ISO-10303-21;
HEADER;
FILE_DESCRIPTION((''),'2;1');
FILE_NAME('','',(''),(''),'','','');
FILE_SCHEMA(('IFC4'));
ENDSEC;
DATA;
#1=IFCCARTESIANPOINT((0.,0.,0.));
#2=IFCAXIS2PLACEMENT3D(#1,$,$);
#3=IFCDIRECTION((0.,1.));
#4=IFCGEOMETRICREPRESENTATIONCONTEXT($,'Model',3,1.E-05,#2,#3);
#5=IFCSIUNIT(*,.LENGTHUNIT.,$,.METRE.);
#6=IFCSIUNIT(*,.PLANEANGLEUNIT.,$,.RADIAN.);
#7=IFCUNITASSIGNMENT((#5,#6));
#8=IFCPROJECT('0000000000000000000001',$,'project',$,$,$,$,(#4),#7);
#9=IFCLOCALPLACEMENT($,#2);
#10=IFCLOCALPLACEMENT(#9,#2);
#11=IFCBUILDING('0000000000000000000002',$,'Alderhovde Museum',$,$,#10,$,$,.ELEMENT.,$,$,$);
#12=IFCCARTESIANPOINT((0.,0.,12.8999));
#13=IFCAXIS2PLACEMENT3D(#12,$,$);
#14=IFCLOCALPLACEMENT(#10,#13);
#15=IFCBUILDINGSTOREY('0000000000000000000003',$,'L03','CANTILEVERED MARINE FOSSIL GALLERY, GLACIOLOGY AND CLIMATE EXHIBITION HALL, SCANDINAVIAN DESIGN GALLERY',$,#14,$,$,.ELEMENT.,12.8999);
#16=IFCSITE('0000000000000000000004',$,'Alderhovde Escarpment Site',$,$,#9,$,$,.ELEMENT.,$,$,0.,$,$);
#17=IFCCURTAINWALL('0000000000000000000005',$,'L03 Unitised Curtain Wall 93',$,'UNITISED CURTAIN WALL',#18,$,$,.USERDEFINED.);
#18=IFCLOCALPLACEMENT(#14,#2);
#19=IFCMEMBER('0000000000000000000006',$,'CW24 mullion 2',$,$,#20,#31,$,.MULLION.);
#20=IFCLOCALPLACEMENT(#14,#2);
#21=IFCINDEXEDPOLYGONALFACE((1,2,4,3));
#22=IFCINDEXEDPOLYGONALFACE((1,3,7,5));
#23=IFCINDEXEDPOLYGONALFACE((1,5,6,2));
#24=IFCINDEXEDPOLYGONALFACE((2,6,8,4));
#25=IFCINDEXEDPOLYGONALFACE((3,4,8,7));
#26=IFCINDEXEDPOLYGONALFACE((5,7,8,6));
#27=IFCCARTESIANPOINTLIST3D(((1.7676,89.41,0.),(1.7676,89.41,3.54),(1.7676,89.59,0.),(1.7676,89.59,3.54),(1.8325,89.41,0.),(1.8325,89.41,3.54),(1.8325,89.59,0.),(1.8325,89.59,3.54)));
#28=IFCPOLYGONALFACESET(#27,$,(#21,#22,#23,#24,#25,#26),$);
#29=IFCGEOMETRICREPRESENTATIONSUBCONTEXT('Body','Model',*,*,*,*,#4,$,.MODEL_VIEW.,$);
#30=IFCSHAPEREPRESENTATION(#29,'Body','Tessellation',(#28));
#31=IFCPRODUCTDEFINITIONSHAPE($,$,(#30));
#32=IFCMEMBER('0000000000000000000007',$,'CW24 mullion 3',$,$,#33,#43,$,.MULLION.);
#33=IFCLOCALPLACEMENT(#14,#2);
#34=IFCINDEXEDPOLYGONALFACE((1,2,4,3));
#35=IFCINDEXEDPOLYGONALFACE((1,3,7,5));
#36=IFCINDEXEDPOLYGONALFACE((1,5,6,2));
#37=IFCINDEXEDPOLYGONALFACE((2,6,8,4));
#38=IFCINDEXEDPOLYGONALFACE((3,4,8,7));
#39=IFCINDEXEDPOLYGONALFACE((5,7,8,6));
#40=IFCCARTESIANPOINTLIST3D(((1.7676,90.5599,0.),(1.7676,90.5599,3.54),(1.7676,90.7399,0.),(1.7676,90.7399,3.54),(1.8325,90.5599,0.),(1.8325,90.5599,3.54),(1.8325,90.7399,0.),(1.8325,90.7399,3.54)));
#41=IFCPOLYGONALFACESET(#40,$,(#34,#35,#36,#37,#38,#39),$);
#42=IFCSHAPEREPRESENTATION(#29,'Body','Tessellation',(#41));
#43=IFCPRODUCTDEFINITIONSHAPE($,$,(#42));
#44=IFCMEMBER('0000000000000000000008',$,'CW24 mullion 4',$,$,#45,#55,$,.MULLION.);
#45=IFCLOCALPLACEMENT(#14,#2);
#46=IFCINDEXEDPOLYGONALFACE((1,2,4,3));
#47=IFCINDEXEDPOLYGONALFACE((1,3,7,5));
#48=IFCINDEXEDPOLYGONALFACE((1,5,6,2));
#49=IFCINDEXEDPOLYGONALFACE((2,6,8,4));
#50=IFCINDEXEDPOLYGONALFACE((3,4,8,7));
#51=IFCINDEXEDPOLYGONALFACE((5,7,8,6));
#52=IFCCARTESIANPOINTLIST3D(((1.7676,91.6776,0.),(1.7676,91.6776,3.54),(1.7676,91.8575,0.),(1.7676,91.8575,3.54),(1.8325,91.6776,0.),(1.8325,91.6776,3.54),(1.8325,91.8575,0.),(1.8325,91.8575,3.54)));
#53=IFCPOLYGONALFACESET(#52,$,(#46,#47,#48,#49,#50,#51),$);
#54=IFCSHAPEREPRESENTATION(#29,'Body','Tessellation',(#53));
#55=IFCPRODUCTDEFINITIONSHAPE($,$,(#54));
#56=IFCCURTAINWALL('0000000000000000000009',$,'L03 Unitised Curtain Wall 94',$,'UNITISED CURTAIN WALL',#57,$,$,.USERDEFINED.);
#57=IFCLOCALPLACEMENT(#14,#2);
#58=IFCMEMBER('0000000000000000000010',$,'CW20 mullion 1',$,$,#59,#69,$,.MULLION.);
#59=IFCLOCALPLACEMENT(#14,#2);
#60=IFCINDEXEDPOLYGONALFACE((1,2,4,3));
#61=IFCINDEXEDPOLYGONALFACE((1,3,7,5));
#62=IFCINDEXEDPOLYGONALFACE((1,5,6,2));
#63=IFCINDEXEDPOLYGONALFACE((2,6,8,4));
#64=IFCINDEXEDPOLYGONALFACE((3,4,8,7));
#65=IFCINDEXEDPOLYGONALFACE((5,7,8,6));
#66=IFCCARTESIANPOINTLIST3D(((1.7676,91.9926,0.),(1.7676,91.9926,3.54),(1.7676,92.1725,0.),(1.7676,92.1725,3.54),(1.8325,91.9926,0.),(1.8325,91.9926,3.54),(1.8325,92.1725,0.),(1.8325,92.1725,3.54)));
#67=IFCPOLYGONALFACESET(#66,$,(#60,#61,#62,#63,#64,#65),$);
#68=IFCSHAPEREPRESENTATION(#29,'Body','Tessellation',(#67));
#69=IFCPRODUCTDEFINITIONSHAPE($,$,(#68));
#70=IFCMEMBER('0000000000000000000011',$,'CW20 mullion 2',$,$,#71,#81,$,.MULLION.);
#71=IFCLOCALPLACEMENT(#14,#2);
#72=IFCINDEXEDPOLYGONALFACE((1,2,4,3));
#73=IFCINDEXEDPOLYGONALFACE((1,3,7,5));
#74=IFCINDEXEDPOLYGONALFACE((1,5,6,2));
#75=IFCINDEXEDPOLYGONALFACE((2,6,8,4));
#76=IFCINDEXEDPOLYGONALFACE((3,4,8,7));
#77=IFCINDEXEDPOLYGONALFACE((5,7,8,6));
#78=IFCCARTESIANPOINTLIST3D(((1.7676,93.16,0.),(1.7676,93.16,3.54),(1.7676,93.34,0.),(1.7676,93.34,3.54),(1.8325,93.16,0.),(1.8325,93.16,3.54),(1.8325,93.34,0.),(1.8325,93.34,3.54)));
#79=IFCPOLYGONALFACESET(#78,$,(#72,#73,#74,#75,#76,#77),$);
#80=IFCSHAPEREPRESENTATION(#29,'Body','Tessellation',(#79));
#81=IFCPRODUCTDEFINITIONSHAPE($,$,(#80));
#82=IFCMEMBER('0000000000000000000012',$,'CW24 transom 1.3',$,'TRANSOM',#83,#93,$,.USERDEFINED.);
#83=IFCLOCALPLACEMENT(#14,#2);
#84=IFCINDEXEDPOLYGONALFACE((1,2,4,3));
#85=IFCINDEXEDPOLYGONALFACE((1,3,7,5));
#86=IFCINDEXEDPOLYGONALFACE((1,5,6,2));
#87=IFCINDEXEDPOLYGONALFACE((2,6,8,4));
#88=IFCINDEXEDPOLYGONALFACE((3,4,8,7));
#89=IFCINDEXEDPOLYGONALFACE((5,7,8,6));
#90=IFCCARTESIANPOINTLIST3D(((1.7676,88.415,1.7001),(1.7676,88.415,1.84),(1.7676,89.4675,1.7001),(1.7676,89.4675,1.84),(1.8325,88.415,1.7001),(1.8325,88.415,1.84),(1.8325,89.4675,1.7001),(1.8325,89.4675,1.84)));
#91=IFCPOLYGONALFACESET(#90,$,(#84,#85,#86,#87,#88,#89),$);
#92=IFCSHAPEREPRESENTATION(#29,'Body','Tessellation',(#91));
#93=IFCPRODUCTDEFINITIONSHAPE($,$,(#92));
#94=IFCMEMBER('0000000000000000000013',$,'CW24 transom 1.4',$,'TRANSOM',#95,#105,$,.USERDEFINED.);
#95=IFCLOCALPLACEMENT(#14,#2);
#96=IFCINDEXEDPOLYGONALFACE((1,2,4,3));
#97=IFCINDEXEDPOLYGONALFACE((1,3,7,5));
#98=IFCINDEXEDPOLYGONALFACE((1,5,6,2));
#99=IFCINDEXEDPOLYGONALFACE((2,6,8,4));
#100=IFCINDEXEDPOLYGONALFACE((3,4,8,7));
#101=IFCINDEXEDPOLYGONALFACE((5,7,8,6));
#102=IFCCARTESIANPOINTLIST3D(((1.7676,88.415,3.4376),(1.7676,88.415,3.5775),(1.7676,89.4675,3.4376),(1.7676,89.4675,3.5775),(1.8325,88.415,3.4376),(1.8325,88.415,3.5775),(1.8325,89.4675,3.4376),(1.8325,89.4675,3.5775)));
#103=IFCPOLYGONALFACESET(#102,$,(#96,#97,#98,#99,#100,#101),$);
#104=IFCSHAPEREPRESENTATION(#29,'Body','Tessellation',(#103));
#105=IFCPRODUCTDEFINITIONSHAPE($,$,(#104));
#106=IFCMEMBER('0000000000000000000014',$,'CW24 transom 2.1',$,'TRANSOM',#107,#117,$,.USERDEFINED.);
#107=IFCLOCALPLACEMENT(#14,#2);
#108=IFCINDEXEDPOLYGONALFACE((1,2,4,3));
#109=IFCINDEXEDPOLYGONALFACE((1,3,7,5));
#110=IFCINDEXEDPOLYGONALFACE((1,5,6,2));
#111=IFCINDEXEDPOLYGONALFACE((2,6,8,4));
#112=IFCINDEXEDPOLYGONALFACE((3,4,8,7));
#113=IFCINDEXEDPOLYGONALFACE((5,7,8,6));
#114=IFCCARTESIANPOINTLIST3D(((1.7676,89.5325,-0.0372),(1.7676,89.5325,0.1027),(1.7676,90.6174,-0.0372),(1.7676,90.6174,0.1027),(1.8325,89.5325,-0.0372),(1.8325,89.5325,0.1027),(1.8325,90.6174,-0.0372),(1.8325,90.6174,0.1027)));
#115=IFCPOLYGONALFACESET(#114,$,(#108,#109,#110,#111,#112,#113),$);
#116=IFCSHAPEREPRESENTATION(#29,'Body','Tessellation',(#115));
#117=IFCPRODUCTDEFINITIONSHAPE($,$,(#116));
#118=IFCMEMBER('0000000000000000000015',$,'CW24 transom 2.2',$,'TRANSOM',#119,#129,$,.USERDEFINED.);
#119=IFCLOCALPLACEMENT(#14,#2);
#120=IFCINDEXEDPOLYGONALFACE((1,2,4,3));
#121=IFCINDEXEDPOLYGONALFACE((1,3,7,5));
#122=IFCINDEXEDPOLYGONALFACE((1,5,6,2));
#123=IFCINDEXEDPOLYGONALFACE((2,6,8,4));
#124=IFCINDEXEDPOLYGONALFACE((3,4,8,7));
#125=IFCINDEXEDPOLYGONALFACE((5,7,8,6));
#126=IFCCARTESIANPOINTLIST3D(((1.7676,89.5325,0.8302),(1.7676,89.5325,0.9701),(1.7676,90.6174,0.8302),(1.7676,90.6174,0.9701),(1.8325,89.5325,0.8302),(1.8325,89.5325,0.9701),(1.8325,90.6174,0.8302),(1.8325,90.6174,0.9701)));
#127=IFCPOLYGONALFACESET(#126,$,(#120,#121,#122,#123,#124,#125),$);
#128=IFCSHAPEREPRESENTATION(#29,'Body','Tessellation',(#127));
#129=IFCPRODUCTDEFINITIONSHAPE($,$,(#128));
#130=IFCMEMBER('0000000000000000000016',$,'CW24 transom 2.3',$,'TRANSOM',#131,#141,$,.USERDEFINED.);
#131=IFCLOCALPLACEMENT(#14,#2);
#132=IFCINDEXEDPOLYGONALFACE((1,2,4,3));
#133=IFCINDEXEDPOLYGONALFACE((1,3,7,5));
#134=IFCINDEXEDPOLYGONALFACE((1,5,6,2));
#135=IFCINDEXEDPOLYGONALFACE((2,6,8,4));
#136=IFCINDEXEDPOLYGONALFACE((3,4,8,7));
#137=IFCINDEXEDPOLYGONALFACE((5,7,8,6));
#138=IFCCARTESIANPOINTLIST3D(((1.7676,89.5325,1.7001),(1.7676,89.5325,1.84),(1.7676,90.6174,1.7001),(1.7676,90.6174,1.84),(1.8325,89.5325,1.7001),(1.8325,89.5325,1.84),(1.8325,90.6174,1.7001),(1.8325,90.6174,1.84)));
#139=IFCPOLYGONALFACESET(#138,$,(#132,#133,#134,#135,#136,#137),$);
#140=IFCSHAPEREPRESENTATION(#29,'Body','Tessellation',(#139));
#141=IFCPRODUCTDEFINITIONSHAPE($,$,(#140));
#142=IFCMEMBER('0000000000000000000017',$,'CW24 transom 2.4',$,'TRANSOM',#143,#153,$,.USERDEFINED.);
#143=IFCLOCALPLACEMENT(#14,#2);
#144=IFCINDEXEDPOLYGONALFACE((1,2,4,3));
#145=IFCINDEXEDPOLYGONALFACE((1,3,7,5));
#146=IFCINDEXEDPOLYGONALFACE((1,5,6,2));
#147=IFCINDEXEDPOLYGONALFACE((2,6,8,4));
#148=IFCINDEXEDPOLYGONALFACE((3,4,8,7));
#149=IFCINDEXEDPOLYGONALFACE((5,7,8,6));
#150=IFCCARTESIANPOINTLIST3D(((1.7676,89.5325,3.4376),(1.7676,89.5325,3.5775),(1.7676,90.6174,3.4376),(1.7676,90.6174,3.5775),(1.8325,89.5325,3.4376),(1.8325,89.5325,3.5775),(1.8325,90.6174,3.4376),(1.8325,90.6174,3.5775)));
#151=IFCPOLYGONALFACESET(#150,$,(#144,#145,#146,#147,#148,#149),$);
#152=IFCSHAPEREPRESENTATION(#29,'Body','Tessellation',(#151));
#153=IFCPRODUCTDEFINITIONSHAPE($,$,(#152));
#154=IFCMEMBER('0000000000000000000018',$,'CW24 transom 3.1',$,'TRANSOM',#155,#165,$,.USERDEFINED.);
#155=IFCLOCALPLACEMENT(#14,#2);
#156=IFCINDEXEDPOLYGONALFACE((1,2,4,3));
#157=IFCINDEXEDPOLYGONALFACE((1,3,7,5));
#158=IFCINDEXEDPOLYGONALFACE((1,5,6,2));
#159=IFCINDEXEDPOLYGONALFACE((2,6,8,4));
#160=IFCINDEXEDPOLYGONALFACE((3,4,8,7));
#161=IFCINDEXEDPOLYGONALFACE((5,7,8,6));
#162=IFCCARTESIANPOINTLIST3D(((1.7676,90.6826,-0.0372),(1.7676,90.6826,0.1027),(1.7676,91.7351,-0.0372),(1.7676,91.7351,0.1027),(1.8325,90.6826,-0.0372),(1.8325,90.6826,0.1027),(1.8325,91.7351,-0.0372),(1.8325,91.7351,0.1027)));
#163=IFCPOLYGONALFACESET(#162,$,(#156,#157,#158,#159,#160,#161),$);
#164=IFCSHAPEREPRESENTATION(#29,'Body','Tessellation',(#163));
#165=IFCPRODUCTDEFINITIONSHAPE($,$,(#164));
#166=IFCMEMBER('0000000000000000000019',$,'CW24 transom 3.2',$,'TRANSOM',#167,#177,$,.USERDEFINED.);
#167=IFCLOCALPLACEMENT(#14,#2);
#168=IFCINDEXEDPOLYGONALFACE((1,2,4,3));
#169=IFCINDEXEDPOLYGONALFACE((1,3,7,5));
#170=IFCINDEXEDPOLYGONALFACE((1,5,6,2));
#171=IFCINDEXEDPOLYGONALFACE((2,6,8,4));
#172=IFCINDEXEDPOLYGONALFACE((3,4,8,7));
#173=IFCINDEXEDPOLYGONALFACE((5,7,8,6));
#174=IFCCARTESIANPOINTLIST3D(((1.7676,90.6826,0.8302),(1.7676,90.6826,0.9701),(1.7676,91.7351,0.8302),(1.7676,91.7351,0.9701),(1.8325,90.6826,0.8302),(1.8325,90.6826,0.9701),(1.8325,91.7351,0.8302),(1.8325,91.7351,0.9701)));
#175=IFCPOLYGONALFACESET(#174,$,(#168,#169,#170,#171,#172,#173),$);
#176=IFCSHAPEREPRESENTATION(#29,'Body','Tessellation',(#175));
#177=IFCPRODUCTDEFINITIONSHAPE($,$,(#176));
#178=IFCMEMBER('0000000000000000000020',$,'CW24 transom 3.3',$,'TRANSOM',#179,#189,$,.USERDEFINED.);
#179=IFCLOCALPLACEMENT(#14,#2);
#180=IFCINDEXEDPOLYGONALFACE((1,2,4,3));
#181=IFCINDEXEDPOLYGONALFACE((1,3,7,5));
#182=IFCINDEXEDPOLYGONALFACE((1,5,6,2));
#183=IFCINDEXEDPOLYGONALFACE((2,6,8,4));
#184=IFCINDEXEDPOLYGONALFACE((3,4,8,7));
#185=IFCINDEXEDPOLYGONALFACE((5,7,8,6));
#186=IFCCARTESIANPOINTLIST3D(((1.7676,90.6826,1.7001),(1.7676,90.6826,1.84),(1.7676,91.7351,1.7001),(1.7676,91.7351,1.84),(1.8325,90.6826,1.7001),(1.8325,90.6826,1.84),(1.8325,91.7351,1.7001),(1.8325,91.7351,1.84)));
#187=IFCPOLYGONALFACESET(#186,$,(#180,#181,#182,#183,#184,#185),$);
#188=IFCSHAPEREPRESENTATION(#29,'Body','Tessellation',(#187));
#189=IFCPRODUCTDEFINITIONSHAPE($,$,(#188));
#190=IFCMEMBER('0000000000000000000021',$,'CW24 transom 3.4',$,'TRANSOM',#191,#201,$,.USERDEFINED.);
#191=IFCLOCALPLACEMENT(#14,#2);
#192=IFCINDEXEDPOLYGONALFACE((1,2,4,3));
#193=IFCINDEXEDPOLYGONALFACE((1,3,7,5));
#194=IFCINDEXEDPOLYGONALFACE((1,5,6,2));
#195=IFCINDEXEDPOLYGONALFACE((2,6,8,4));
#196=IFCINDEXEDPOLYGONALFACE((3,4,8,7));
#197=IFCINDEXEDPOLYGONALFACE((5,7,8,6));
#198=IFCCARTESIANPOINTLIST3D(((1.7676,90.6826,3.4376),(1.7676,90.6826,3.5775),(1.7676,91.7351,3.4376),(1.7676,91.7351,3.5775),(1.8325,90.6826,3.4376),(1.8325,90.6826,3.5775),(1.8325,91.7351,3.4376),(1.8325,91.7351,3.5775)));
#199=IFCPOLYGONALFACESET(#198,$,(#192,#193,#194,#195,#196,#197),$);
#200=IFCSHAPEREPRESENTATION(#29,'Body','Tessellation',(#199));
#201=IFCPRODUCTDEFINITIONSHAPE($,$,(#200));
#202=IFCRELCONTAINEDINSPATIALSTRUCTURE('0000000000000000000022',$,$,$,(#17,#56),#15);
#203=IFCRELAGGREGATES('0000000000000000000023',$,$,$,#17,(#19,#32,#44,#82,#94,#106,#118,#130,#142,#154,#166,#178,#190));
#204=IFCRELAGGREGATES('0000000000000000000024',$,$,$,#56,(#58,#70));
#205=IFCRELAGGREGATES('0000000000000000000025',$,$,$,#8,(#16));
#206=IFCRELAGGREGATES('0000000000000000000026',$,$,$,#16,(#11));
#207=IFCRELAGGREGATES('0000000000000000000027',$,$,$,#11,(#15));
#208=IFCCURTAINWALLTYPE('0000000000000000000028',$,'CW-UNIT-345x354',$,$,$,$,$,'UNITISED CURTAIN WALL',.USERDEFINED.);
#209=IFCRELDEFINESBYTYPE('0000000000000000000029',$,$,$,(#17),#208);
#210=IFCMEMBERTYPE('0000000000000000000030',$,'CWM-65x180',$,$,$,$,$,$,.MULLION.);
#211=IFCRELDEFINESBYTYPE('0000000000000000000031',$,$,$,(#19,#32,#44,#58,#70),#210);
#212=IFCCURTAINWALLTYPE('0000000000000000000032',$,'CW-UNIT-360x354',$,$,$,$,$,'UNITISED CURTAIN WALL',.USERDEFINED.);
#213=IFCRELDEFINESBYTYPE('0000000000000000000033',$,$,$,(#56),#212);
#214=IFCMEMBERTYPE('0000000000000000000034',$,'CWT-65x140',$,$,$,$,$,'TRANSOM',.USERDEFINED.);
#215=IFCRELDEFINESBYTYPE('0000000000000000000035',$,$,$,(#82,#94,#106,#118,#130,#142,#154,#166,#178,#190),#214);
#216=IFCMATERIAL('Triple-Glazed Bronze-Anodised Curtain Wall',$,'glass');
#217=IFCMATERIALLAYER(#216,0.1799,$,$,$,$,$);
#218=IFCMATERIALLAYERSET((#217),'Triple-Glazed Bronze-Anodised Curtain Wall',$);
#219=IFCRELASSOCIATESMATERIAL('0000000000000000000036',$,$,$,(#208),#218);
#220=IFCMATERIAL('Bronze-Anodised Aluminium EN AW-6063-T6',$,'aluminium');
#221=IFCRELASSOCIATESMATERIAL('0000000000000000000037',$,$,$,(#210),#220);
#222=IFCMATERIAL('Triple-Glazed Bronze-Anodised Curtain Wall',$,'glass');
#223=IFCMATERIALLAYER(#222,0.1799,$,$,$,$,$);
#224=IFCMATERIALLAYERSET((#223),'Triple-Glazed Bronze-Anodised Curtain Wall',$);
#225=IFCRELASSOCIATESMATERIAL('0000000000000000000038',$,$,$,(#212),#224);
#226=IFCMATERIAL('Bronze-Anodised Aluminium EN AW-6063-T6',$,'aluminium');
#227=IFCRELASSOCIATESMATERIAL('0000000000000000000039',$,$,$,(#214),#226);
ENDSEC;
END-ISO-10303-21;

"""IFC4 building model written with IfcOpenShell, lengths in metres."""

from ifc_helpers import new_model, si_unit, direction, frame, origin, origin_2d, place, context, subcontext, project, spatial, rectangle, extrude, material, layer, layer_set, material_profile, profile_set, type_object, element, aggregate, save


model = new_model("IFC4")

# Units and contexts
model_context = context("Model", 3, precision=1e-05, world=origin(), true_north=direction((0.0, 1.0)))
body_context = subcontext(model_context, "Body", "Model", "MODEL_VIEW")
ifc_project = project(units=[si_unit("LENGTHUNIT", "METRE"), si_unit("PLANEANGLEUNIT", "RADIAN")], contexts=[model_context])

# Site, building, storey
site_placement = place(None, origin())
site = spatial("IfcSite", under=ifc_project, at=site_placement, Name="Alderhovde Escarpment Site", CompositionType="ELEMENT", RefElevation=0.0)
building_placement = place(site_placement, origin())
building = spatial("IfcBuilding", under=site, at=building_placement, Name="Alderhovde Museum", CompositionType="ELEMENT")
storey_placement = place(building_placement, frame((0.0, 0.0, 12.8999)))
storey = spatial("IfcBuildingStorey", under=building, at=storey_placement, Name="L03", Description="CANTILEVERED MARINE FOSSIL GALLERY, GLACIOLOGY AND CLIMATE EXHIBITION HALL, SCANDINAVIAN DESIGN GALLERY", CompositionType="ELEMENT", Elevation=12.8999)

# Curtain walls, members
ifc_material_1 = material(Name="Triple-Glazed Bronze-Anodised Curtain Wall", Category="glass")
ifc_layer_1 = layer(ifc_material_1, 0.1799)
ifc_layer_set_1 = layer_set([ifc_layer_1], Name="Triple-Glazed Bronze-Anodised Curtain Wall")
curtain_wall_type_1 = type_object("IfcCurtainWallType", Name="CW-UNIT-345x354", ElementType="UNITISED CURTAIN WALL", PredefinedType="USERDEFINED", material=ifc_layer_set_1)
curtain_wall_1_placement = place(storey_placement, origin())
curtain_wall_1 = element("IfcCurtainWall", 1, at=curtain_wall_1_placement, inside=storey, type_object=curtain_wall_type_1, Name="L03 Unitised Curtain Wall 93", ObjectType="UNITISED CURTAIN WALL", PredefinedType="USERDEFINED")
ifc_material_2 = material(Name="Bronze-Anodised Aluminium EN AW-6063-T6", Category="aluminium")
ifc_material_profile_1 = material_profile(ifc_material_2, rectangle(XDim=0.0649, YDim=0.1799, at=origin_2d()), Name="MULLION 65x180")
ifc_profile_set_1 = profile_set([ifc_material_profile_1], Name="Bronze-Anodised Aluminium EN AW-6063-T6")
member_type_1 = type_object("IfcMemberType", Name="CWM-65x180", PredefinedType="MULLION", material=ifc_profile_set_1)
member_1_placement = place(storey_placement, frame((1.8, 89.5, 0.0), z_axis=(0.0, 0.0, 1.0), x_axis=(-1.0, 0.0, 0.0)))
member_1 = element("IfcMember", 2, at=member_1_placement, type_object=member_type_1, Name="CW24 mullion 2", PredefinedType="MULLION", context=body_context, shape_type="SweptSolid", body=[
    extrude(rectangle(XDim=0.0649, YDim=0.1799, at=origin_2d()), origin(), (0.0, 0.0, 1.0), 3.54),
])
member_2_placement = place(storey_placement, frame((1.8, 90.6499, 0.0), z_axis=(0.0, 0.0, 1.0), x_axis=(-1.0, 0.0, 0.0)))
member_2 = element("IfcMember", 3, at=member_2_placement, type_object=member_type_1, Name="CW24 mullion 3", PredefinedType="MULLION", context=body_context, shape_type="SweptSolid", body=[
    extrude(rectangle(XDim=0.0649, YDim=0.1799, at=origin_2d()), origin(), (0.0, 0.0, 1.0), 3.54),
])
member_3_placement = place(storey_placement, frame((1.8, 91.7676, 0.0), z_axis=(0.0, 0.0, 1.0), x_axis=(-1.0, 0.0, 0.0)))
member_3 = element("IfcMember", 4, at=member_3_placement, type_object=member_type_1, Name="CW24 mullion 4", PredefinedType="MULLION", context=body_context, shape_type="SweptSolid", body=[
    extrude(rectangle(XDim=0.0649, YDim=0.1799, at=origin_2d()), origin(), (0.0, 0.0, 1.0), 3.54),
])
ifc_material_3 = material(Name="Triple-Glazed Bronze-Anodised Curtain Wall", Category="glass")
ifc_layer_2 = layer(ifc_material_3, 0.1799)
ifc_layer_set_2 = layer_set([ifc_layer_2], Name="Triple-Glazed Bronze-Anodised Curtain Wall")
curtain_wall_type_2 = type_object("IfcCurtainWallType", Name="CW-UNIT-360x354", ElementType="UNITISED CURTAIN WALL", PredefinedType="USERDEFINED", material=ifc_layer_set_2)
curtain_wall_2_placement = place(storey_placement, origin())
curtain_wall_2 = element("IfcCurtainWall", 5, at=curtain_wall_2_placement, inside=storey, type_object=curtain_wall_type_2, Name="L03 Unitised Curtain Wall 94", ObjectType="UNITISED CURTAIN WALL", PredefinedType="USERDEFINED")
member_4_placement = place(storey_placement, frame((1.8, 92.0825, 0.0), z_axis=(0.0, 0.0, 1.0), x_axis=(-1.0, 0.0, 0.0)))
member_4 = element("IfcMember", 6, at=member_4_placement, type_object=member_type_1, Name="CW20 mullion 1", PredefinedType="MULLION", context=body_context, shape_type="SweptSolid", body=[
    extrude(rectangle(XDim=0.0649, YDim=0.1799, at=origin_2d()), origin(), (0.0, 0.0, 1.0), 3.54),
])
member_5_placement = place(storey_placement, frame((1.8, 93.25, 0.0), z_axis=(0.0, 0.0, 1.0), x_axis=(-1.0, 0.0, 0.0)))
member_5 = element("IfcMember", 7, at=member_5_placement, type_object=member_type_1, Name="CW20 mullion 2", PredefinedType="MULLION", context=body_context, shape_type="SweptSolid", body=[
    extrude(rectangle(XDim=0.0649, YDim=0.1799, at=origin_2d()), origin(), (0.0, 0.0, 1.0), 3.54),
])

# Members
ifc_material_4 = material(Name="Bronze-Anodised Aluminium EN AW-6063-T6", Category="aluminium")
ifc_material_profile_2 = material_profile(ifc_material_4, rectangle(XDim=0.0649, YDim=0.1399, at=origin_2d()), Name="TRANSOM 65x140")
ifc_profile_set_2 = profile_set([ifc_material_profile_2], Name="Bronze-Anodised Aluminium EN AW-6063-T6")
member_type_2 = type_object("IfcMemberType", Name="CWT-65x140", ElementType="TRANSOM", PredefinedType="USERDEFINED", material=ifc_profile_set_2)
member_6_placement = place(storey_placement, frame((1.8, 88.415, 1.77), z_axis=(0.0, 1.0, 0.0), x_axis=(-1.0, 0.0, 0.0)))
member_6 = element("IfcMember", 8, at=member_6_placement, type_object=member_type_2, Name="CW24 transom 1.3", ObjectType="TRANSOM", PredefinedType="USERDEFINED", context=body_context, shape_type="SweptSolid", body=[
    extrude(rectangle(XDim=0.0649, YDim=0.1399, at=origin_2d()), origin(), (0.0, 0.0, 1.0), 1.0525),
])
member_7_placement = place(storey_placement, frame((1.8, 88.415, 3.5076), z_axis=(0.0, 1.0, 0.0), x_axis=(-1.0, 0.0, 0.0)))
member_7 = element("IfcMember", 9, at=member_7_placement, type_object=member_type_2, Name="CW24 transom 1.4", ObjectType="TRANSOM", PredefinedType="USERDEFINED", context=body_context, shape_type="SweptSolid", body=[
    extrude(rectangle(XDim=0.0649, YDim=0.1399, at=origin_2d()), origin(), (0.0, 0.0, 1.0), 1.0525),
])
member_8_placement = place(storey_placement, frame((1.8, 89.5325, 0.0327), z_axis=(0.0, 1.0, 0.0), x_axis=(-1.0, 0.0, 0.0)))
member_8 = element("IfcMember", 10, at=member_8_placement, type_object=member_type_2, Name="CW24 transom 2.1", ObjectType="TRANSOM", PredefinedType="USERDEFINED", context=body_context, shape_type="SweptSolid", body=[
    extrude(rectangle(XDim=0.0649, YDim=0.1399, at=origin_2d()), origin(), (0.0, 0.0, 1.0), 1.085),
])
member_9_placement = place(storey_placement, frame((1.8, 89.5325, 0.9001), z_axis=(0.0, 1.0, 0.0), x_axis=(-1.0, 0.0, 0.0)))
member_9 = element("IfcMember", 11, at=member_9_placement, type_object=member_type_2, Name="CW24 transom 2.2", ObjectType="TRANSOM", PredefinedType="USERDEFINED", context=body_context, shape_type="SweptSolid", body=[
    extrude(rectangle(XDim=0.0649, YDim=0.1399, at=origin_2d()), origin(), (0.0, 0.0, 1.0), 1.085),
])
member_10_placement = place(storey_placement, frame((1.8, 89.5325, 1.77), z_axis=(0.0, 1.0, 0.0), x_axis=(-1.0, 0.0, 0.0)))
member_10 = element("IfcMember", 12, at=member_10_placement, type_object=member_type_2, Name="CW24 transom 2.3", ObjectType="TRANSOM", PredefinedType="USERDEFINED", context=body_context, shape_type="SweptSolid", body=[
    extrude(rectangle(XDim=0.0649, YDim=0.1399, at=origin_2d()), origin(), (0.0, 0.0, 1.0), 1.085),
])
member_11_placement = place(storey_placement, frame((1.8, 89.5325, 3.5076), z_axis=(0.0, 1.0, 0.0), x_axis=(-1.0, 0.0, 0.0)))
member_11 = element("IfcMember", 13, at=member_11_placement, type_object=member_type_2, Name="CW24 transom 2.4", ObjectType="TRANSOM", PredefinedType="USERDEFINED", context=body_context, shape_type="SweptSolid", body=[
    extrude(rectangle(XDim=0.0649, YDim=0.1399, at=origin_2d()), origin(), (0.0, 0.0, 1.0), 1.085),
])
member_12_placement = place(storey_placement, frame((1.8, 90.6826, 0.0327), z_axis=(0.0, 1.0, 0.0), x_axis=(-1.0, 0.0, 0.0)))
member_12 = element("IfcMember", 14, at=member_12_placement, type_object=member_type_2, Name="CW24 transom 3.1", ObjectType="TRANSOM", PredefinedType="USERDEFINED", context=body_context, shape_type="SweptSolid", body=[
    extrude(rectangle(XDim=0.0649, YDim=0.1399, at=origin_2d()), origin(), (0.0, 0.0, 1.0), 1.0525),
])
member_13_placement = place(storey_placement, frame((1.8, 90.6826, 0.9001), z_axis=(0.0, 1.0, 0.0), x_axis=(-1.0, 0.0, 0.0)))
member_13 = element("IfcMember", 15, at=member_13_placement, type_object=member_type_2, Name="CW24 transom 3.2", ObjectType="TRANSOM", PredefinedType="USERDEFINED", context=body_context, shape_type="SweptSolid", body=[
    extrude(rectangle(XDim=0.0649, YDim=0.1399, at=origin_2d()), origin(), (0.0, 0.0, 1.0), 1.0525),
])
member_14_placement = place(storey_placement, frame((1.8, 90.6826, 1.77), z_axis=(0.0, 1.0, 0.0), x_axis=(-1.0, 0.0, 0.0)))
member_14 = element("IfcMember", 16, at=member_14_placement, type_object=member_type_2, Name="CW24 transom 3.3", ObjectType="TRANSOM", PredefinedType="USERDEFINED", context=body_context, shape_type="SweptSolid", body=[
    extrude(rectangle(XDim=0.0649, YDim=0.1399, at=origin_2d()), origin(), (0.0, 0.0, 1.0), 1.0525),
])
member_15_placement = place(storey_placement, frame((1.8, 90.6826, 3.5076), z_axis=(0.0, 1.0, 0.0), x_axis=(-1.0, 0.0, 0.0)))
member_15 = element("IfcMember", 17, at=member_15_placement, type_object=member_type_2, Name="CW24 transom 3.4", ObjectType="TRANSOM", PredefinedType="USERDEFINED", context=body_context, shape_type="SweptSolid", body=[
    extrude(rectangle(XDim=0.0649, YDim=0.1399, at=origin_2d()), origin(), (0.0, 0.0, 1.0), 1.0525),
])

aggregate(curtain_wall_1, [member_1, member_2, member_3, member_6, member_7, member_8, member_9, member_10, member_11, member_12, member_13, member_14, member_15])
aggregate(curtain_wall_2, [member_4, member_5])

save(model, "model.ifc")
